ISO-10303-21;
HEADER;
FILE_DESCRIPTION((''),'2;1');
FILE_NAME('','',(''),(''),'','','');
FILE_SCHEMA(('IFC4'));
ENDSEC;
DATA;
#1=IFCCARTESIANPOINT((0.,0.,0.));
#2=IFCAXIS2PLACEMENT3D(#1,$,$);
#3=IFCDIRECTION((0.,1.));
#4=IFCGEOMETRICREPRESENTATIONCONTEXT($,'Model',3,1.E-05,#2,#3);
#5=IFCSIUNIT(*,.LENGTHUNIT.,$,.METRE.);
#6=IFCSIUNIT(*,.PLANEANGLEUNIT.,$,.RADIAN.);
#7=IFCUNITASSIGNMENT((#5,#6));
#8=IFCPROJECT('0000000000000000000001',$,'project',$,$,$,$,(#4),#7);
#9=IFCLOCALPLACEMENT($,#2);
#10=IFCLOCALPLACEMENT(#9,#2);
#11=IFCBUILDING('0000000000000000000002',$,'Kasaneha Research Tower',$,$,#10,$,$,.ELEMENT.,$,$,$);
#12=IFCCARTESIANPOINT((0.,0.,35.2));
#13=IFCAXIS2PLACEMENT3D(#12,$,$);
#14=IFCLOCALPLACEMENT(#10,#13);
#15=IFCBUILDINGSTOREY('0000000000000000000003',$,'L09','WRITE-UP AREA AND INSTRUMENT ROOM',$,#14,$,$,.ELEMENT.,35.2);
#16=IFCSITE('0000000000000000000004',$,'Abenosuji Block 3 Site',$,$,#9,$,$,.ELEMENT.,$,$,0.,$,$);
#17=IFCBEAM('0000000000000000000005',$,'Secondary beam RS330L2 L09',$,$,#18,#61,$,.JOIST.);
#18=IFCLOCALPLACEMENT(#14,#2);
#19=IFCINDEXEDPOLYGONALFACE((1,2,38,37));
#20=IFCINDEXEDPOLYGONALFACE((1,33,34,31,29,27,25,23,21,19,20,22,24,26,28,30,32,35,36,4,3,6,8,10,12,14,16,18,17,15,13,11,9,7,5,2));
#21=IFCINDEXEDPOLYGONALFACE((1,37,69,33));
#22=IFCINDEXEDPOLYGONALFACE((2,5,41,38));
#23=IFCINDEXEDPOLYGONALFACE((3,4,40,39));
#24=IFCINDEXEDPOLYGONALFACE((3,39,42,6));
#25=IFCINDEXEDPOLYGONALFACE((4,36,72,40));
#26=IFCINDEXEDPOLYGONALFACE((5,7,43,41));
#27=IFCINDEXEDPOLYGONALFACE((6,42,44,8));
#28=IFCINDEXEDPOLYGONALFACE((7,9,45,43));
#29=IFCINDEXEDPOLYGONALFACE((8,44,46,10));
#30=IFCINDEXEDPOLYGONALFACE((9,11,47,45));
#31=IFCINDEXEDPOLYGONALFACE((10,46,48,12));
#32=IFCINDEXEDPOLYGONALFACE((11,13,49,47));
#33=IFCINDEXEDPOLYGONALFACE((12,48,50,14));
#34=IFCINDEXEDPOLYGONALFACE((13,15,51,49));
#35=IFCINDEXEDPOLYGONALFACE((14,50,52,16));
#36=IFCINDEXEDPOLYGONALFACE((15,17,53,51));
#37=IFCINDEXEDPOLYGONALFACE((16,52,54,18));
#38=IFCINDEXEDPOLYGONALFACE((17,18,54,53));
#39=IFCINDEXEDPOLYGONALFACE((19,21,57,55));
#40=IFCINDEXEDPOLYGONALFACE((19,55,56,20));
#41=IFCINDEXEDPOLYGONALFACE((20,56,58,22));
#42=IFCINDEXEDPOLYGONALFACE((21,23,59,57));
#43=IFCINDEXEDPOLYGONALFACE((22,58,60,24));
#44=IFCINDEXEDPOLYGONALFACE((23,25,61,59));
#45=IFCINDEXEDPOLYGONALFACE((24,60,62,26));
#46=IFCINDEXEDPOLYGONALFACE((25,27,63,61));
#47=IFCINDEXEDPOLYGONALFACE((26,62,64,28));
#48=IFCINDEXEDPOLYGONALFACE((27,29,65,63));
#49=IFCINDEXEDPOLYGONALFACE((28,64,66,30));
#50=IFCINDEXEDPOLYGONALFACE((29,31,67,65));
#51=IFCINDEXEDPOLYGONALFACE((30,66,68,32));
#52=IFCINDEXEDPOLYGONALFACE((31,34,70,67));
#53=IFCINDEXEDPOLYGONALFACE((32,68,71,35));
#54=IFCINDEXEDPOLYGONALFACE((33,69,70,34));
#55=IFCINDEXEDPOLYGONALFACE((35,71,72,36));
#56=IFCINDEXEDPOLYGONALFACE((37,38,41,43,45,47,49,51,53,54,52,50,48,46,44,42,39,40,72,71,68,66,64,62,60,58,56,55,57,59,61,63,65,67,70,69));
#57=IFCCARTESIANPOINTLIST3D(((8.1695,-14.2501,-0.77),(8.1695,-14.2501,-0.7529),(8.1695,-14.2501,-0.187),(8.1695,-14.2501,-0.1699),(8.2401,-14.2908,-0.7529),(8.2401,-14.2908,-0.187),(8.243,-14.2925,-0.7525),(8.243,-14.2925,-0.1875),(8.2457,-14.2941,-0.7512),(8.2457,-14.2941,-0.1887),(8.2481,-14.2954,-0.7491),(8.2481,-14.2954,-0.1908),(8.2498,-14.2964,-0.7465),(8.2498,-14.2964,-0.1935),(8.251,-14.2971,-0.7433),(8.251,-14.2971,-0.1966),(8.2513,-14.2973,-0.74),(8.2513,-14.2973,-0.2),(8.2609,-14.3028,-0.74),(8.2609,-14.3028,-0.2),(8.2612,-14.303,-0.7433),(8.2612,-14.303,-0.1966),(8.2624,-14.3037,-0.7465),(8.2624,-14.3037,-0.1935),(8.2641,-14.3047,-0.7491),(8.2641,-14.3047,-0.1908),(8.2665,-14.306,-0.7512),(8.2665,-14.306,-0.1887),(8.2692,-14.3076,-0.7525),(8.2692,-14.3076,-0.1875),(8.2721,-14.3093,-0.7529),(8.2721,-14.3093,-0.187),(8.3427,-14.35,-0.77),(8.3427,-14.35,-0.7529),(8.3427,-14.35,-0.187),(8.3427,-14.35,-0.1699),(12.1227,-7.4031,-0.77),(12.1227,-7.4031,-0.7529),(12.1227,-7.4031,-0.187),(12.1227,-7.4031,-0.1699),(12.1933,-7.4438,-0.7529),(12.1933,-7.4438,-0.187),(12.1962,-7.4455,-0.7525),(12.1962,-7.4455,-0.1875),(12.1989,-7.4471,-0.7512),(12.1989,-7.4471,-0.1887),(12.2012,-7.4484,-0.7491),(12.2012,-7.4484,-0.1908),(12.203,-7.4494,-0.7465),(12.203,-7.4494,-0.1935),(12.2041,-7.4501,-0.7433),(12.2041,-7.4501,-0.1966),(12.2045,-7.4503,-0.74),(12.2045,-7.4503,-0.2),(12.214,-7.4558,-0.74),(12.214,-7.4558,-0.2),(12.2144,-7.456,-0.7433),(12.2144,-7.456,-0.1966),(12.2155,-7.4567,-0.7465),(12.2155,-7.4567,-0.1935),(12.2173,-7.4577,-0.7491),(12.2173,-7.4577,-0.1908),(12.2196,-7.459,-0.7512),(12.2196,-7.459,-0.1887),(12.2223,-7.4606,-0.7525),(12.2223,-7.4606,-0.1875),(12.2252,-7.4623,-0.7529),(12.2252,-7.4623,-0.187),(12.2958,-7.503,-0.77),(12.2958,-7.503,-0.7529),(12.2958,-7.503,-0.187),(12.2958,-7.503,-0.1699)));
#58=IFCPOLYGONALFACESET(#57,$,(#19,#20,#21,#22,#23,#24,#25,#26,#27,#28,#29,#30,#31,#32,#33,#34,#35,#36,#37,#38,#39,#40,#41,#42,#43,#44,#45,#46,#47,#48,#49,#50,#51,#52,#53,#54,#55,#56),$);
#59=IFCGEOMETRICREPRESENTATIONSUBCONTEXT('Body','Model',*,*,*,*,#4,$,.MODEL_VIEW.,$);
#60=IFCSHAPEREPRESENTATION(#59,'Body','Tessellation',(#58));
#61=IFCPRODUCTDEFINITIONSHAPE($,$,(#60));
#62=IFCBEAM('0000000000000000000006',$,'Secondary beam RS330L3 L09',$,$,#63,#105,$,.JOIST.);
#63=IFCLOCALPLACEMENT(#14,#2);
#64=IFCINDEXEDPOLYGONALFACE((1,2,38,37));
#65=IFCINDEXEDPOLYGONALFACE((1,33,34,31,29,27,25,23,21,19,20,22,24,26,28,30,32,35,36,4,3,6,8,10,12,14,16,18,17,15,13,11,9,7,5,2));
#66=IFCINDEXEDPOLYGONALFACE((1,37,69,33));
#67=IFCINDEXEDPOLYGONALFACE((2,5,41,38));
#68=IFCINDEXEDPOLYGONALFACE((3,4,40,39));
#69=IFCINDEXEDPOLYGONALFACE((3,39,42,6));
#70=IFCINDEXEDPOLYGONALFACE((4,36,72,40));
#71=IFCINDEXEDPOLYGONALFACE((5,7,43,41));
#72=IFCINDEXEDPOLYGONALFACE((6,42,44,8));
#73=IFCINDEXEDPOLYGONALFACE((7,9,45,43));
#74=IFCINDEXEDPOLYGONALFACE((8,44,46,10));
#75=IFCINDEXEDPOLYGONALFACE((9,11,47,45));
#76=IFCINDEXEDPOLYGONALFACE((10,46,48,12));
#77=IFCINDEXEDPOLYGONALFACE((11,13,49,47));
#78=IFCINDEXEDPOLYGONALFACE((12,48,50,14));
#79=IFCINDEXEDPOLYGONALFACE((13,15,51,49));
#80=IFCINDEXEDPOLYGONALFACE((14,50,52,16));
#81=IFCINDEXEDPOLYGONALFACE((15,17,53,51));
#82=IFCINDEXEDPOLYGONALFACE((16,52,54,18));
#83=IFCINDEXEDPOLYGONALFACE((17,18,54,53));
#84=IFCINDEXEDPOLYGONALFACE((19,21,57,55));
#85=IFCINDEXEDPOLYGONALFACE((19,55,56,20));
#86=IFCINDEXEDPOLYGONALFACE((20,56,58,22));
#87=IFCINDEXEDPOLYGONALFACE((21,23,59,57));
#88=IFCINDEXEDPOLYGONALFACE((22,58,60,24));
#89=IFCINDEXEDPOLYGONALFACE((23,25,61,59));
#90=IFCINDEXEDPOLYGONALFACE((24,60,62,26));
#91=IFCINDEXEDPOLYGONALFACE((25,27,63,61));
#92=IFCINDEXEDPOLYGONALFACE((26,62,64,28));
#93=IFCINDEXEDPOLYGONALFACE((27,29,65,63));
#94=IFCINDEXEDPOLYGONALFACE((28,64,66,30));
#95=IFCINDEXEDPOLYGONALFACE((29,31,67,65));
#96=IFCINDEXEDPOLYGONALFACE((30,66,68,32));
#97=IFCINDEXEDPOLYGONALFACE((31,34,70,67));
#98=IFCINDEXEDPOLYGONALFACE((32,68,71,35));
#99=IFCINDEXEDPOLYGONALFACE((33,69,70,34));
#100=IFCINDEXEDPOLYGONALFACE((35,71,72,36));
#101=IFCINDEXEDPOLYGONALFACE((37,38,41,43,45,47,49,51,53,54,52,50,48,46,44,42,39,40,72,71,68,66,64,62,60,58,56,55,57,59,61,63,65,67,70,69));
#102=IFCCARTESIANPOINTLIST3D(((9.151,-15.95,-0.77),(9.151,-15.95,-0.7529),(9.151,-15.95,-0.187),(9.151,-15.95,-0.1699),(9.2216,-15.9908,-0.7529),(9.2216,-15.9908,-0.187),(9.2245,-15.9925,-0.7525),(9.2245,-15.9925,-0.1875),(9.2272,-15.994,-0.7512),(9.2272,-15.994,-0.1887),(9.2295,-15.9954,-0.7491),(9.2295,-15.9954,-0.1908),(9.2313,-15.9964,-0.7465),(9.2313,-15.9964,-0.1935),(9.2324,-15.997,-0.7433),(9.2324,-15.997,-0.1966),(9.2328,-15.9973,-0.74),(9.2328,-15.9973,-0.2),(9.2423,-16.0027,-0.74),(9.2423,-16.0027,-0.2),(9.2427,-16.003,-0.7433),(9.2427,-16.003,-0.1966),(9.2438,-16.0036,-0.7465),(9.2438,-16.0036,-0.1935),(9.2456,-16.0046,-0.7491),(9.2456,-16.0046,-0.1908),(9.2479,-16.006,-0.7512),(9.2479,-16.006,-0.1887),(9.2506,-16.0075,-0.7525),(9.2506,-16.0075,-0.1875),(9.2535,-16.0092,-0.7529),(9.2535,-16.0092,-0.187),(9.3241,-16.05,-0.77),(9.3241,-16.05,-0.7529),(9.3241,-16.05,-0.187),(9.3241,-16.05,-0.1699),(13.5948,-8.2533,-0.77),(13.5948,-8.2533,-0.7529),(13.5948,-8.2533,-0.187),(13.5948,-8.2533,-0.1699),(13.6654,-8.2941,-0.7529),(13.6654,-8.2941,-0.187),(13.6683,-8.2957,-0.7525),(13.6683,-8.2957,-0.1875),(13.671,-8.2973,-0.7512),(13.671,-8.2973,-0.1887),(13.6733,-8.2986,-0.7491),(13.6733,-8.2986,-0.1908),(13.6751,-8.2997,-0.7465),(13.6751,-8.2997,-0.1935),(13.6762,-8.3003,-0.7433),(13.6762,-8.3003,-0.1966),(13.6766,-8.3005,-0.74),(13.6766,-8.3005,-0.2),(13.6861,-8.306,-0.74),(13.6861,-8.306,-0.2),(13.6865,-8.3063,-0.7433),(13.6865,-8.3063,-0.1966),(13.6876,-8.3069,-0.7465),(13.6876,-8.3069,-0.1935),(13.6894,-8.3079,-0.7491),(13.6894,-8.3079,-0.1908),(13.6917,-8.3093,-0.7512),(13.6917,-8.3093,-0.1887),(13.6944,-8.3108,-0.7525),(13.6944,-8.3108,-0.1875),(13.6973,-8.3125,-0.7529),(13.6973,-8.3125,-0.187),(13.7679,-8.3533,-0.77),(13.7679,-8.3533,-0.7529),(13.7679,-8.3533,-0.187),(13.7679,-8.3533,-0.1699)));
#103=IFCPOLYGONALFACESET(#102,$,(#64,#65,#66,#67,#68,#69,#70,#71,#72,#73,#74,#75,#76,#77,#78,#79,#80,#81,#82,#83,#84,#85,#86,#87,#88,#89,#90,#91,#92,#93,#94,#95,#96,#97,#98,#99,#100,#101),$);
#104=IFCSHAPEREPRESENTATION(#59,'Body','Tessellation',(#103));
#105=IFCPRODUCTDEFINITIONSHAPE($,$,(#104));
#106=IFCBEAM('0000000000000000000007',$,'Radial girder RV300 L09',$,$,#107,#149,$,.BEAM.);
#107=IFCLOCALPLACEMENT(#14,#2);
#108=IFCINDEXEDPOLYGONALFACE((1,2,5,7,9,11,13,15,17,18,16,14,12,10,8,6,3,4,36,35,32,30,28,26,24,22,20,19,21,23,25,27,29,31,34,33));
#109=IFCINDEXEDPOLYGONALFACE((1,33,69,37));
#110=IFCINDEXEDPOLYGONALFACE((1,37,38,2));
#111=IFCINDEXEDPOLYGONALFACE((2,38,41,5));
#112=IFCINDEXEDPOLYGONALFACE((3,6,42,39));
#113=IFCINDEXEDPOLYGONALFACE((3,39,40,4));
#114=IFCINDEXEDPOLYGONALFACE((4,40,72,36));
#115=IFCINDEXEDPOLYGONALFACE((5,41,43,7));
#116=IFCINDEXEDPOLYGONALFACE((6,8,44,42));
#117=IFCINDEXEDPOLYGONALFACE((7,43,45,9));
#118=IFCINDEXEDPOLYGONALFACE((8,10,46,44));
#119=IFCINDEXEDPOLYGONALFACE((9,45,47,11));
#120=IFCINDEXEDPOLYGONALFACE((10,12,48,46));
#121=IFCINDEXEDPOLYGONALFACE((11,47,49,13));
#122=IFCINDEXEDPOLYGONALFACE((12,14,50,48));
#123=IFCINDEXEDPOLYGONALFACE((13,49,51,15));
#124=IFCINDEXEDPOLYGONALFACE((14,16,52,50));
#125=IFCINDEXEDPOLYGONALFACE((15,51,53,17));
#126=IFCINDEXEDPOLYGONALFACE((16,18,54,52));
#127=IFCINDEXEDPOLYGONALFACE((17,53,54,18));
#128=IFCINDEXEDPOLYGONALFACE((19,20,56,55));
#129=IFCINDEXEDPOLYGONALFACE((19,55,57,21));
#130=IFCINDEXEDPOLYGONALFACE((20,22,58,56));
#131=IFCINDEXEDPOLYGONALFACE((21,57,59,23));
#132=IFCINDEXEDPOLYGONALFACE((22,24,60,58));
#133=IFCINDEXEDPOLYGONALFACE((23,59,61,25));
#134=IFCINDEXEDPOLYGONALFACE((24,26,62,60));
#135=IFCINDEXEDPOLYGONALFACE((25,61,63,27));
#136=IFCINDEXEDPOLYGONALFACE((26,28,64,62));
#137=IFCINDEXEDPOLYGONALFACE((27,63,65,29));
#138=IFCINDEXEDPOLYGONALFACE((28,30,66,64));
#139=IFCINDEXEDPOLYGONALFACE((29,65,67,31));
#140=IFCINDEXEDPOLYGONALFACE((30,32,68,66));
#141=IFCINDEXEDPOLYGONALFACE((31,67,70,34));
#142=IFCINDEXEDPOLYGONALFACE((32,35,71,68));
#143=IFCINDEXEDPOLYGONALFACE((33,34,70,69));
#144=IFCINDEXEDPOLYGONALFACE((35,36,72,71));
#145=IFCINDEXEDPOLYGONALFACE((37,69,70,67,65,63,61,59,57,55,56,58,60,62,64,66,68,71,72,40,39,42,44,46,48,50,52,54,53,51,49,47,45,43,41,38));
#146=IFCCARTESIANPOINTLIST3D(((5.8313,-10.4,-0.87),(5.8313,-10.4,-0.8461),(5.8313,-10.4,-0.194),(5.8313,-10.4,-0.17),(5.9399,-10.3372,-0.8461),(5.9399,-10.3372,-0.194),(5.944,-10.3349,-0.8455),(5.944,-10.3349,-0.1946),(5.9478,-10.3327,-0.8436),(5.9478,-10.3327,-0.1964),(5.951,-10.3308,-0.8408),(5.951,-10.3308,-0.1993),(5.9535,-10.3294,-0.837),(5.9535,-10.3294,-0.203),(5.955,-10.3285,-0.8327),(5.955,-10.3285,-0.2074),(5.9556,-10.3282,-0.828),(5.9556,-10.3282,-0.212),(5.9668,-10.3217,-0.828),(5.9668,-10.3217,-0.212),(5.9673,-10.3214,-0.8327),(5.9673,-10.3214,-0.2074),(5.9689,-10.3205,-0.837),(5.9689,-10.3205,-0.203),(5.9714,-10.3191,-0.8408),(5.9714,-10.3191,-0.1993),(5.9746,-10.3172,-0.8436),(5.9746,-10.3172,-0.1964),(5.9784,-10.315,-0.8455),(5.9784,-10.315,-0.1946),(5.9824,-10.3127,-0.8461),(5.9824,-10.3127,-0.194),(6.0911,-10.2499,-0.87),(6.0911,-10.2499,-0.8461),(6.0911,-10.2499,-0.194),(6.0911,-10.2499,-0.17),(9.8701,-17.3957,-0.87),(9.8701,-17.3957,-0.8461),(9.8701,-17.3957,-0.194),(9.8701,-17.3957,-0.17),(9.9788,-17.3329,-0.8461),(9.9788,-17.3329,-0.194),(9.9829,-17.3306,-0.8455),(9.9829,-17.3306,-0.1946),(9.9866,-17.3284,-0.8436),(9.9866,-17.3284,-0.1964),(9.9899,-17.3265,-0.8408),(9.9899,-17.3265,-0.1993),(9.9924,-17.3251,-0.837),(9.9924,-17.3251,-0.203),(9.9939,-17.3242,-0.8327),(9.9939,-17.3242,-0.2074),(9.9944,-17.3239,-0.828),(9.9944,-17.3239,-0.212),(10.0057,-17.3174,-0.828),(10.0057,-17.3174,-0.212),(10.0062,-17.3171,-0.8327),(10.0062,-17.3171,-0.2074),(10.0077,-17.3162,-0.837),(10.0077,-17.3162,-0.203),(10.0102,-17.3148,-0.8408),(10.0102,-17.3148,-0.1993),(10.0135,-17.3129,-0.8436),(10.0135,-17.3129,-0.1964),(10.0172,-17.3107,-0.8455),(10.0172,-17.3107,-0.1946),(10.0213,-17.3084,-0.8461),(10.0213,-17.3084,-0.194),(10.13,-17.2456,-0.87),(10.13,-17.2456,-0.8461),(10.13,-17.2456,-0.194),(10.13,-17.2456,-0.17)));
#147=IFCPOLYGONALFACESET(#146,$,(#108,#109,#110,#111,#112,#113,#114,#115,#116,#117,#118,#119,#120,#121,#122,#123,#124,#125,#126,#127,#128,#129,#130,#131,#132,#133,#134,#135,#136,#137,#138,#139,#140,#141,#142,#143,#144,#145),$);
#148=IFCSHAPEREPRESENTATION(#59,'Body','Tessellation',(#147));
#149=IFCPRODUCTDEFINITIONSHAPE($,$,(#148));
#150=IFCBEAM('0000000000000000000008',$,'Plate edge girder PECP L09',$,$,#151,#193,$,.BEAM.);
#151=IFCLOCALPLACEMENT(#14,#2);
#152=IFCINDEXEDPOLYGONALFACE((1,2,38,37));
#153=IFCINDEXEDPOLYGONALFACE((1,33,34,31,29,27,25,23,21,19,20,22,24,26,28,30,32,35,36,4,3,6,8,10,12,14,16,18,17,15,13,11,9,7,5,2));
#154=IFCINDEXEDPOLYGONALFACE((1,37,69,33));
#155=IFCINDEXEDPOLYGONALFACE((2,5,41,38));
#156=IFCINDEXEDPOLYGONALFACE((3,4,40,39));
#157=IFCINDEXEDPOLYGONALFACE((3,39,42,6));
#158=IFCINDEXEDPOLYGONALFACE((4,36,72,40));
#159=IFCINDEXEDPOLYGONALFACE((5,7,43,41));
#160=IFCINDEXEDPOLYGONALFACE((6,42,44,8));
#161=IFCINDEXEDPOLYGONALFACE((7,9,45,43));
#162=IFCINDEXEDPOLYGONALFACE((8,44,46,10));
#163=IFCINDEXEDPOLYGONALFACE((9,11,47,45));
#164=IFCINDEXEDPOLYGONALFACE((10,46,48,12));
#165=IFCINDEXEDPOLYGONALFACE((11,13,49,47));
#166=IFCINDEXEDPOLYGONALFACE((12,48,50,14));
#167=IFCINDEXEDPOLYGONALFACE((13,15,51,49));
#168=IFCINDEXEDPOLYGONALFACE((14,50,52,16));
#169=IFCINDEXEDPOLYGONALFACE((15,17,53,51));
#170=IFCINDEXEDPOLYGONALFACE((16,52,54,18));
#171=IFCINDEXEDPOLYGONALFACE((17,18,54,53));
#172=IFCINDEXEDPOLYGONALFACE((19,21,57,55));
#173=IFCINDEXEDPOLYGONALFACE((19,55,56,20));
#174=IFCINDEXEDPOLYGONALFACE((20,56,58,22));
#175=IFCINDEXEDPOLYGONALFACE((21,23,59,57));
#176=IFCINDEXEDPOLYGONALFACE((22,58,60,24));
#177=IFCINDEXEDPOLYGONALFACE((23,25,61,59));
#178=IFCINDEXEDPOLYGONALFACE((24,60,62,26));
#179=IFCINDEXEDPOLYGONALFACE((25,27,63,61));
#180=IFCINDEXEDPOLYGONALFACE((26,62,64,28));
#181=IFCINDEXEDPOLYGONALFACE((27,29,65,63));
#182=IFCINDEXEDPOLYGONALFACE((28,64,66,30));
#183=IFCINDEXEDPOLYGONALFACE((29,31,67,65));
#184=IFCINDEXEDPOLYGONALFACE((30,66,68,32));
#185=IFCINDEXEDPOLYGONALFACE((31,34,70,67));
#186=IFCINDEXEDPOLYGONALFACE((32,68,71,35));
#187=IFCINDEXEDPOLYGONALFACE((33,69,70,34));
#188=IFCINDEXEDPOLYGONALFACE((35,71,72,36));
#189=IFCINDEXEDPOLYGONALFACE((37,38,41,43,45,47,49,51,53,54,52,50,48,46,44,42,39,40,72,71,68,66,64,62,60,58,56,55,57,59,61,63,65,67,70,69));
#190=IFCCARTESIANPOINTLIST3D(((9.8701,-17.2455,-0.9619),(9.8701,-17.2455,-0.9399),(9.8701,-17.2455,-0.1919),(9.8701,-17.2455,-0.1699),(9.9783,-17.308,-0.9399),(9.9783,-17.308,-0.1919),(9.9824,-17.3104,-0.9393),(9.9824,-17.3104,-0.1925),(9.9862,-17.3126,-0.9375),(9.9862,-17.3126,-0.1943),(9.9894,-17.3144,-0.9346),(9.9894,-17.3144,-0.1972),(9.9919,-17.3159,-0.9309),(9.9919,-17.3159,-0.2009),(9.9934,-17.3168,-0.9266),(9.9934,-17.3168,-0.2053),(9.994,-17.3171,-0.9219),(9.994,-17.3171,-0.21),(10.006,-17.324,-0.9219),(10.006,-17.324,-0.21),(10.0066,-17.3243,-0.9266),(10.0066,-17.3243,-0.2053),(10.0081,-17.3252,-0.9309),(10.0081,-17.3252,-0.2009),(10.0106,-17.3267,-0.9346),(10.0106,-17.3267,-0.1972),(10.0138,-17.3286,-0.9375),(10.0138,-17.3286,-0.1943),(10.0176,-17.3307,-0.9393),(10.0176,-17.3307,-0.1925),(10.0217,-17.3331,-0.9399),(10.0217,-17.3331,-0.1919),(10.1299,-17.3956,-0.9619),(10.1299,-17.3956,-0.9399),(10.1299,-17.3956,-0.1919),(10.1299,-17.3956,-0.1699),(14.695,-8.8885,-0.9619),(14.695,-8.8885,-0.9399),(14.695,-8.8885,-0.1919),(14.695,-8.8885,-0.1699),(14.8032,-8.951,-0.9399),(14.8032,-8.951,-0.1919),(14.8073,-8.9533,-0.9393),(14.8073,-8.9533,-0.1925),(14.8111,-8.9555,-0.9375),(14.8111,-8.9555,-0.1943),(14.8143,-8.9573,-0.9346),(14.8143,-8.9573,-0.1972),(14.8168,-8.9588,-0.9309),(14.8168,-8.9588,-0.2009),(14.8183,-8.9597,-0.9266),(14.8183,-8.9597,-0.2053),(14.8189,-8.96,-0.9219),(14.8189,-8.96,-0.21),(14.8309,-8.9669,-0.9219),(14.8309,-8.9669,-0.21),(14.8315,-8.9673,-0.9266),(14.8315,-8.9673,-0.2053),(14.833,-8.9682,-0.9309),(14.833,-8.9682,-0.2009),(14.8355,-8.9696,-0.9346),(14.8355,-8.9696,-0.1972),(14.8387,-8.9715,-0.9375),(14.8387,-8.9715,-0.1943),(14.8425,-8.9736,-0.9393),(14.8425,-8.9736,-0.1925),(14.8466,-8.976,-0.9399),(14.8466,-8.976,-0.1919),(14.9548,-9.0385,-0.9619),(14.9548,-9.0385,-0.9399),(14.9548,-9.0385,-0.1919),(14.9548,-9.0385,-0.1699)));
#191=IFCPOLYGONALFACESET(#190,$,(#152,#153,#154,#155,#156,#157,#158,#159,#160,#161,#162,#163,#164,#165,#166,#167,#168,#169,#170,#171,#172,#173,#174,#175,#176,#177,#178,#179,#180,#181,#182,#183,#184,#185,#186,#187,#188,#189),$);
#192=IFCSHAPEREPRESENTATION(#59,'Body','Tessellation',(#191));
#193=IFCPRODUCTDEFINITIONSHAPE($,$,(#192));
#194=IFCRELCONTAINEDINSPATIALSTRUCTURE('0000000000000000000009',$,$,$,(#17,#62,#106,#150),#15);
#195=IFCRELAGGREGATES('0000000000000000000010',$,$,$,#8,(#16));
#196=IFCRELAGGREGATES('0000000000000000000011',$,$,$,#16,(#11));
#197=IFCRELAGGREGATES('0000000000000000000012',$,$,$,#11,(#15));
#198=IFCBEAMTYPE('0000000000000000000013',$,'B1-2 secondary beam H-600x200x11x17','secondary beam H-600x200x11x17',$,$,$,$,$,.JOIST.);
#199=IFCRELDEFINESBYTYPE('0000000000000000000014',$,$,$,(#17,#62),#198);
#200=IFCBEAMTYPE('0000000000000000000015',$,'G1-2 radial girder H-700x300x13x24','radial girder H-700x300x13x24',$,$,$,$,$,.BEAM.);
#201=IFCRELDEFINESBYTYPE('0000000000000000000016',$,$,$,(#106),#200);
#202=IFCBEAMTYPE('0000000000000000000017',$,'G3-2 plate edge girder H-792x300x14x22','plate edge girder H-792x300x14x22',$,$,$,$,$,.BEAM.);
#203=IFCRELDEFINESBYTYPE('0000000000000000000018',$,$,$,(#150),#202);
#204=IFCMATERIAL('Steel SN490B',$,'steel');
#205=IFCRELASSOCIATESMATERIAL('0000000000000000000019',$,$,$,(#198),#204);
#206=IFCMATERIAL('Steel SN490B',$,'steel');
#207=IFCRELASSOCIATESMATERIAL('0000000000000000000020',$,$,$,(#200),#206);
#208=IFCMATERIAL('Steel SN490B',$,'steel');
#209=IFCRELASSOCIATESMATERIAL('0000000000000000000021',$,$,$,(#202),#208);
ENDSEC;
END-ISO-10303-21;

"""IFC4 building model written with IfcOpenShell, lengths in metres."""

from ifc_helpers import new_model, si_unit, direction, frame, origin, origin_2d, place, context, subcontext, project, spatial, i_section, extrude, material, material_profile, profile_set, type_object, element, save


model = new_model("IFC4")

# Units and contexts
model_context = context("Model", 3, precision=1e-05, world=origin(), true_north=direction((0.0, 1.0)))
body_context = subcontext(model_context, "Body", "Model", "MODEL_VIEW")
ifc_project = project(units=[si_unit("LENGTHUNIT", "METRE"), si_unit("PLANEANGLEUNIT", "RADIAN")], contexts=[model_context])

# Site, building, storey
site_placement = place(None, origin())
site = spatial("IfcSite", under=ifc_project, at=site_placement, Name="Abenosuji Block 3 Site", CompositionType="ELEMENT", RefElevation=0.0)
building_placement = place(site_placement, origin())
building = spatial("IfcBuilding", under=site, at=building_placement, Name="Kasaneha Research Tower", CompositionType="ELEMENT")
storey_placement = place(building_placement, frame((0.0, 0.0, 35.2)))
storey = spatial("IfcBuildingStorey", under=building, at=storey_placement, Name="L09", Description="WRITE-UP AREA AND INSTRUMENT ROOM", CompositionType="ELEMENT", Elevation=35.2)

# Beams
ifc_material_1 = material(Name="Steel SN490B", Category="steel")
ifc_material_profile_1 = material_profile(ifc_material_1, i_section(OverallWidth=0.2, OverallDepth=0.6001, WebThickness=0.011, FlangeThickness=0.0171, FilletRadius=0.0129, at=origin_2d()), Name="H-600x200x11x17")
ifc_profile_set_1 = profile_set([ifc_material_profile_1], Name="Steel SN490B")
beam_type_1 = type_object("IfcBeamType", Name="B1-2 secondary beam H-600x200x11x17", Description="secondary beam H-600x200x11x17", PredefinedType="JOIST", material=ifc_profile_set_1)
beam_1_placement = place(storey_placement, frame((8.2561, -14.3, -0.47), z_axis=(0.500005, 0.866023, 0.0), x_axis=(-0.866023, 0.500005, 0.0)))
element("IfcBeam", 1, at=beam_1_placement, inside=storey, type_object=beam_type_1, Name="Secondary beam RS330L2 L09", PredefinedType="JOIST", context=body_context, shape_type="SweptSolid", body=[
    extrude(i_section(OverallWidth=0.2, OverallDepth=0.6001, WebThickness=0.011, FlangeThickness=0.0171, FilletRadius=0.0129, at=origin_2d()), origin(), (0.0, 0.0, 1.0), 7.9062),
])
beam_2_placement = place(storey_placement, frame((9.2375, -16.0, -0.47), z_axis=(0.500009, 0.86602, 0.0), x_axis=(-0.86602, 0.500009, 0.0)))
element("IfcBeam", 2, at=beam_2_placement, inside=storey, type_object=beam_type_1, Name="Secondary beam RS330L3 L09", PredefinedType="JOIST", context=body_context, shape_type="SweptSolid", body=[
    extrude(i_section(OverallWidth=0.2, OverallDepth=0.6001, WebThickness=0.011, FlangeThickness=0.0171, FilletRadius=0.0129, at=origin_2d()), origin(), (0.0, 0.0, 1.0), 8.8875),
])
ifc_material_2 = material(Name="Steel SN490B", Category="steel")
ifc_material_profile_2 = material_profile(ifc_material_2, i_section(OverallWidth=0.3, OverallDepth=0.7, WebThickness=0.0129, FlangeThickness=0.0239, FilletRadius=0.0181, at=origin_2d()), Name="H-700x300x13x24")
ifc_profile_set_2 = profile_set([ifc_material_profile_2], Name="Steel SN490B")
beam_type_2 = type_object("IfcBeamType", Name="G1-2 radial girder H-700x300x13x24", Description="radial girder H-700x300x13x24", PredefinedType="BEAM", material=ifc_profile_set_2)
beam_3_placement = place(storey_placement, frame((5.9612, -10.325, -0.52), z_axis=(0.499991, -0.866031, 0.0), x_axis=(0.866031, 0.499991, 0.0)))
element("IfcBeam", 3, at=beam_3_placement, inside=storey, type_object=beam_type_2, Name="Radial girder RV300 L09", PredefinedType="BEAM", context=body_context, shape_type="SweptSolid", body=[
    extrude(i_section(OverallWidth=0.3, OverallDepth=0.7, WebThickness=0.0129, FlangeThickness=0.0239, FilletRadius=0.0181, at=origin_2d()), origin(), (0.0, 0.0, 1.0), 8.0779),
])
ifc_material_3 = material(Name="Steel SN490B", Category="steel")
ifc_material_profile_3 = material_profile(ifc_material_3, i_section(OverallWidth=0.3, OverallDepth=0.792, WebThickness=0.0139, FlangeThickness=0.022, FilletRadius=0.0181, at=origin_2d()), Name="H-792x300x14x22")
ifc_profile_set_3 = profile_set([ifc_material_profile_3], Name="Steel SN490B")
beam_type_3 = type_object("IfcBeamType", Name="G3-2 plate edge girder H-792x300x14x22", Description="plate edge girder H-792x300x14x22", PredefinedType="BEAM", material=ifc_profile_set_3)
beam_4_placement = place(storey_placement, frame((10.0, -17.3206, -0.5659), z_axis=(0.499995, 0.866028, 0.0), x_axis=(-0.866028, 0.499995, 0.0)))
element("IfcBeam", 4, at=beam_4_placement, inside=storey, type_object=beam_type_3, Name="Plate edge girder PECP L09", PredefinedType="BEAM", context=body_context, shape_type="SweptSolid", body=[
    extrude(i_section(OverallWidth=0.3, OverallDepth=0.792, WebThickness=0.0139, FlangeThickness=0.022, FilletRadius=0.0181, at=origin_2d()), origin(), (0.0, 0.0, 1.0), 9.6499),
])

save(model, "model.ifc")
